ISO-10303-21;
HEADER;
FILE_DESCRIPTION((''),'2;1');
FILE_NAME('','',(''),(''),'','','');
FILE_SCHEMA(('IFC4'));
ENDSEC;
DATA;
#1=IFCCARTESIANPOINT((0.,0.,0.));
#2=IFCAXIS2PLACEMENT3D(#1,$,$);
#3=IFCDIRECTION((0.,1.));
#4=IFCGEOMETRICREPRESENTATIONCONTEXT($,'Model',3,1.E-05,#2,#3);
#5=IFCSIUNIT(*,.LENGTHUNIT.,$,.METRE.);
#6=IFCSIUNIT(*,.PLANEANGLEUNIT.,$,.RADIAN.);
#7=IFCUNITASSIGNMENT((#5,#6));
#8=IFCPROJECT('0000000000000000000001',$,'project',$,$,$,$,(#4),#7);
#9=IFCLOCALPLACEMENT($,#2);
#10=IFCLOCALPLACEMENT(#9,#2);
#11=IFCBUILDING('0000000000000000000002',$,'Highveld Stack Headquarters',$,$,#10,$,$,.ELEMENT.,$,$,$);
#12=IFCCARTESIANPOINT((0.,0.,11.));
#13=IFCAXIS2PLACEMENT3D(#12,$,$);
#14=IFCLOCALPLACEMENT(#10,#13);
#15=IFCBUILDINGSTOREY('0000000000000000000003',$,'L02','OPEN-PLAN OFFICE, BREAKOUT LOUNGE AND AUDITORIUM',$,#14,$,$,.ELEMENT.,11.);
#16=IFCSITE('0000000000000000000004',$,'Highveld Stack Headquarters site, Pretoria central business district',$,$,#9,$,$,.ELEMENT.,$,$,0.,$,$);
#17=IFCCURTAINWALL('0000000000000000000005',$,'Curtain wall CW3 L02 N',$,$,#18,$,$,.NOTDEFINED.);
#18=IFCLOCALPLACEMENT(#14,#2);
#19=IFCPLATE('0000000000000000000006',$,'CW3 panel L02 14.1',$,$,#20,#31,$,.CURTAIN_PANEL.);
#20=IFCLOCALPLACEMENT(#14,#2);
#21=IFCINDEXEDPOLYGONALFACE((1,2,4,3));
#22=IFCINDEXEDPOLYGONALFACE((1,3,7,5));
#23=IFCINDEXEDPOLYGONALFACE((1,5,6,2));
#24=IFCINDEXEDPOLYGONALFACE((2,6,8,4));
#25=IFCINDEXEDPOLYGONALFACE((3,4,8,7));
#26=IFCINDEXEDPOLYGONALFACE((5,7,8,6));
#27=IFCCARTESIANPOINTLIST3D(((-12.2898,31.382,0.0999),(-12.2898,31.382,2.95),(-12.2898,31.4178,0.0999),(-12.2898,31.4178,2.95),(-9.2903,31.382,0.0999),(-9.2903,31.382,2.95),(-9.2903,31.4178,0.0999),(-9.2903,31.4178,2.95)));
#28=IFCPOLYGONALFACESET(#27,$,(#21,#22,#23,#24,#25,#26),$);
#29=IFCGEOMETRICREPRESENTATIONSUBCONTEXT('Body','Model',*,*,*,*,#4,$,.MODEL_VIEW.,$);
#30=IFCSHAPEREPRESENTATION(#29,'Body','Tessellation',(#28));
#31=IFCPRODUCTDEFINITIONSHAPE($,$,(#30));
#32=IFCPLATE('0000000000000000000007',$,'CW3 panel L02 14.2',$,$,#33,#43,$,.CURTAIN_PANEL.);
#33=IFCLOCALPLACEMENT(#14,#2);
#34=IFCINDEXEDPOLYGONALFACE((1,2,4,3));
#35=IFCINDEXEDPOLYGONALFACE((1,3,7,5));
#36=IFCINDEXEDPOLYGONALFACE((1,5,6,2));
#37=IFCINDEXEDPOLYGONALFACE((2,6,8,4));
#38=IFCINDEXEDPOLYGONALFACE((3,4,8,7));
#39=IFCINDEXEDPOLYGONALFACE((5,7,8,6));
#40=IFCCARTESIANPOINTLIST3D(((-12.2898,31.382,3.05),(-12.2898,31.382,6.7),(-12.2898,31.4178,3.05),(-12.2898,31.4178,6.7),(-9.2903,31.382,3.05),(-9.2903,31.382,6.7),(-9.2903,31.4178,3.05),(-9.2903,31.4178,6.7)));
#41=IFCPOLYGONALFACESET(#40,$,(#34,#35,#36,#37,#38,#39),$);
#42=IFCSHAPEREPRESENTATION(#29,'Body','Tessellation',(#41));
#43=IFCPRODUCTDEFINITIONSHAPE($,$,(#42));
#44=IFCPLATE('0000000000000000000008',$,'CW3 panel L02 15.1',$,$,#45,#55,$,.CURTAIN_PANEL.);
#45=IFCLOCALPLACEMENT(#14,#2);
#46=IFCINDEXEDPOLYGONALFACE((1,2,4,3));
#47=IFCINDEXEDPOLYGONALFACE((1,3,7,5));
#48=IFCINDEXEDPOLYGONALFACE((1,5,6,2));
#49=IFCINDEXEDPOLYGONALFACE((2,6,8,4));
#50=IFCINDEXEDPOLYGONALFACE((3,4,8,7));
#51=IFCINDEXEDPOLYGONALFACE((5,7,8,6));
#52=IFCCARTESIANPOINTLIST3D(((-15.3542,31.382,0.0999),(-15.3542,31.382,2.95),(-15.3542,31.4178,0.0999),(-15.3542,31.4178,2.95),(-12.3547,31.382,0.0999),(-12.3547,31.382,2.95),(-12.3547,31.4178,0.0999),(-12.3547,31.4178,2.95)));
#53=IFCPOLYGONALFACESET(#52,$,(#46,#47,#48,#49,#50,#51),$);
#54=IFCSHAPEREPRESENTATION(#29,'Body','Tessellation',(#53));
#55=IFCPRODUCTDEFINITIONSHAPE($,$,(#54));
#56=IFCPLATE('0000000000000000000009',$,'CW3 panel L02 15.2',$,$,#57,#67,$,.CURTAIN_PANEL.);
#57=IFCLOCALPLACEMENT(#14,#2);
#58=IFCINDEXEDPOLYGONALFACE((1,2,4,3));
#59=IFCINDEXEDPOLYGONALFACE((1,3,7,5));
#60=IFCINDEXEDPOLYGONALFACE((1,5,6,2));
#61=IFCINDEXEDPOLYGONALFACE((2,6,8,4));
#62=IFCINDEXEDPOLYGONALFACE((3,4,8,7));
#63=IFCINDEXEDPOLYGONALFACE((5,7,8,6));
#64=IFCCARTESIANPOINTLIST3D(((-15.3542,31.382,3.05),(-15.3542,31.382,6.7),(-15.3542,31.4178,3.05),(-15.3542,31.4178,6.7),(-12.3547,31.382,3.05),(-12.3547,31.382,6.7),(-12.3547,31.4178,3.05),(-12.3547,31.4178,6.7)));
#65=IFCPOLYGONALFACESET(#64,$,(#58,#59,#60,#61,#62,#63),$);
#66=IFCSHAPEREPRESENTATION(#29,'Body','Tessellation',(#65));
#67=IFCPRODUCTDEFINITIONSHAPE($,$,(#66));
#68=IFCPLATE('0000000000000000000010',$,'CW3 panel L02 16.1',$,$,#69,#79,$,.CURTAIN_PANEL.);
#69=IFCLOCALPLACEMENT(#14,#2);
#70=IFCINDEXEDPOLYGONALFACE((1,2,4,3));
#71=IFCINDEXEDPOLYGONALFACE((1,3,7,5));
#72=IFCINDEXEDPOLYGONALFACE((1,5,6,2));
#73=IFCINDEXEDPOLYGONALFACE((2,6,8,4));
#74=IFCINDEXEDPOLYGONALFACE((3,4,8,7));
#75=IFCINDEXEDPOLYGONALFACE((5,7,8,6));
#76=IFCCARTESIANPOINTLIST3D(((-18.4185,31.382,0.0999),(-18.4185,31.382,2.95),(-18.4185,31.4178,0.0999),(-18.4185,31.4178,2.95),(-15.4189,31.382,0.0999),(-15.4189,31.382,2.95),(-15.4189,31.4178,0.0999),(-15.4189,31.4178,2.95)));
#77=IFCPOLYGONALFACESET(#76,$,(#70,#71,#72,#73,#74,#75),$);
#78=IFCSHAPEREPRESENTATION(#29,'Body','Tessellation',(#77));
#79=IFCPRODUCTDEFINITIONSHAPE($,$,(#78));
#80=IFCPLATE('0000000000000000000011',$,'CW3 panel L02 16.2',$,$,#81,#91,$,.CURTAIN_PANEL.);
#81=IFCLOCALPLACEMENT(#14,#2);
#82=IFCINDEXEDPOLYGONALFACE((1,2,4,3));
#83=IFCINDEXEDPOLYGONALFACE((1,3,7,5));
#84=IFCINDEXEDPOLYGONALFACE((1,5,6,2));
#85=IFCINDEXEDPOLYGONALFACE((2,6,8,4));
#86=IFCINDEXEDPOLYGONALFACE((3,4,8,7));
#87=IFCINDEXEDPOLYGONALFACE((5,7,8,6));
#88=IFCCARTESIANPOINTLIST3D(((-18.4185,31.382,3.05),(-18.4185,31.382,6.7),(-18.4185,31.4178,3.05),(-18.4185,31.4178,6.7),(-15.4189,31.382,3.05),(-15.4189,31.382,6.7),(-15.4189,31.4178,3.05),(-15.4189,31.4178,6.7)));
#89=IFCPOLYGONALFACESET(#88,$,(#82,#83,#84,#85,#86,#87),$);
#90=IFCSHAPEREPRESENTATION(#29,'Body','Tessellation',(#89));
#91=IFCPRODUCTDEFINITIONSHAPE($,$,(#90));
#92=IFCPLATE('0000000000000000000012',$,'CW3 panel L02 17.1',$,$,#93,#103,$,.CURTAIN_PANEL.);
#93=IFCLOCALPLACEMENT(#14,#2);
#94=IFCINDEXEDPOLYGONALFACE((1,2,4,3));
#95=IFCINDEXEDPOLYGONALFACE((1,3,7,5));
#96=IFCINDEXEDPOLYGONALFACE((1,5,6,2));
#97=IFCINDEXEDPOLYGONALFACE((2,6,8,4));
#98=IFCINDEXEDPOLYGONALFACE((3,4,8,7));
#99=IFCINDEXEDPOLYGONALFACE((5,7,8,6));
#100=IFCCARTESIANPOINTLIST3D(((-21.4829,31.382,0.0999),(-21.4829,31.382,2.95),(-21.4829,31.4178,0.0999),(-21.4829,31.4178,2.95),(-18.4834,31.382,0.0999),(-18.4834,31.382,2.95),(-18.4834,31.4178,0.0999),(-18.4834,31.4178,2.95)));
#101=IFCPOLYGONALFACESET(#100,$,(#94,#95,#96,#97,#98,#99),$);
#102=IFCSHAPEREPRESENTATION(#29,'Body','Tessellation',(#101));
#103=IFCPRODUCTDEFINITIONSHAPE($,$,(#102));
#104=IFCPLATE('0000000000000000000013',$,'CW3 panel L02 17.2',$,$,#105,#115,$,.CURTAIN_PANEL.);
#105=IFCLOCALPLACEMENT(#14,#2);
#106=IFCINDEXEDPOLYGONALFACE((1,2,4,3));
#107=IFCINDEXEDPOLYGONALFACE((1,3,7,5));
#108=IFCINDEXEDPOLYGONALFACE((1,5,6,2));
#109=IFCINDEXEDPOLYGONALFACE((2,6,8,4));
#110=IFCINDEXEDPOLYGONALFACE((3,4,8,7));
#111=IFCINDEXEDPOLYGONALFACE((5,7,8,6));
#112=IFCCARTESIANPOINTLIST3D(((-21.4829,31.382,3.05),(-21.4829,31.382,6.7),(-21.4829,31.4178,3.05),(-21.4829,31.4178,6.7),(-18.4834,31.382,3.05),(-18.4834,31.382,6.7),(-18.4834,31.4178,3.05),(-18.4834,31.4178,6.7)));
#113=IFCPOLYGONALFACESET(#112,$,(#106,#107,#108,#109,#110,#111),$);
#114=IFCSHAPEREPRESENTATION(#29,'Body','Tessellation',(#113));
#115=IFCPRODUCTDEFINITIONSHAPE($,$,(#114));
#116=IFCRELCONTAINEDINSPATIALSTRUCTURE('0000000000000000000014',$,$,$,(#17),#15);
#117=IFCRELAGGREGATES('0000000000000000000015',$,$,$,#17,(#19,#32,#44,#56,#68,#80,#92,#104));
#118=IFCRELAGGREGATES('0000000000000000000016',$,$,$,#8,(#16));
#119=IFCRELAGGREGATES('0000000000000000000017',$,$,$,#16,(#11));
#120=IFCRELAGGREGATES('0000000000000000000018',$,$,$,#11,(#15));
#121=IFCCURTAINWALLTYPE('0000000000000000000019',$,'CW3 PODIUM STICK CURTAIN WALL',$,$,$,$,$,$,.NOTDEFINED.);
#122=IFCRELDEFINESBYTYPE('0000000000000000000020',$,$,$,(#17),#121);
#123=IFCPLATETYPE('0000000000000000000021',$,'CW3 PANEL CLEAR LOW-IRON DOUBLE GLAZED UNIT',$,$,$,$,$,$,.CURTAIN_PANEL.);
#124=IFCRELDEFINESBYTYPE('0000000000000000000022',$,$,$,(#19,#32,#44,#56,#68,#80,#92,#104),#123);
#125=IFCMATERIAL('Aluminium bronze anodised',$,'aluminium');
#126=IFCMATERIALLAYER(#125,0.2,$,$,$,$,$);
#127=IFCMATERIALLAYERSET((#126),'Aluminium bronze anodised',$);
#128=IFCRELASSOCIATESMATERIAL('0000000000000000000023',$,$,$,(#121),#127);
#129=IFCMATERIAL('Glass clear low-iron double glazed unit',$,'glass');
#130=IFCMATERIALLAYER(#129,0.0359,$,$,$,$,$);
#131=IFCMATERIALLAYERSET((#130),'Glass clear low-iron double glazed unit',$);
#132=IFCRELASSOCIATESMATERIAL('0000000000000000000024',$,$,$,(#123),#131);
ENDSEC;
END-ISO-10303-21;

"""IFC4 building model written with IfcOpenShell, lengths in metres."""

from ifc_helpers import new_model, si_unit, direction, frame, origin, origin_2d, place, context, subcontext, project, spatial, rectangle, extrude, material, layer, layer_set, type_object, element, aggregate, save


model = new_model("IFC4")

# Units and contexts
model_context = context("Model", 3, precision=1e-05, world=origin(), true_north=direction((0.0, 1.0)))
body_context = subcontext(model_context, "Body", "Model", "MODEL_VIEW")
ifc_project = project(units=[si_unit("LENGTHUNIT", "METRE"), si_unit("PLANEANGLEUNIT", "RADIAN")], contexts=[model_context])

# Site, building, storey
site_placement = place(None, origin())
site = spatial("IfcSite", under=ifc_project, at=site_placement, Name="Highveld Stack Headquarters site, Pretoria central business district", CompositionType="ELEMENT", RefElevation=0.0)
building_placement = place(site_placement, origin())
building = spatial("IfcBuilding", under=site, at=building_placement, Name="Highveld Stack Headquarters", CompositionType="ELEMENT")
storey_placement = place(building_placement, frame((0.0, 0.0, 11.0)))
storey = spatial("IfcBuildingStorey", under=building, at=storey_placement, Name="L02", Description="OPEN-PLAN OFFICE, BREAKOUT LOUNGE AND AUDITORIUM", CompositionType="ELEMENT", Elevation=11.0)

# Curtain wall, plates
ifc_material_1 = material(Name="Aluminium bronze anodised", Category="aluminium")
ifc_layer_1 = layer(ifc_material_1, 0.2)
ifc_layer_set_1 = layer_set([ifc_layer_1], Name="Aluminium bronze anodised")
curtain_wall_type = type_object("IfcCurtainWallType", Name="CW3 PODIUM STICK CURTAIN WALL", PredefinedType="NOTDEFINED", material=ifc_layer_set_1)
curtain_wall_placement = place(storey_placement, origin())
curtain_wall = element("IfcCurtainWall", 1, at=curtain_wall_placement, inside=storey, type_object=curtain_wall_type, Name="Curtain wall CW3 L02 N", PredefinedType="NOTDEFINED")
ifc_material_2 = material(Name="Glass clear low-iron double glazed unit", Category="glass")
ifc_layer_2 = layer(ifc_material_2, 0.0359)
ifc_layer_set_2 = layer_set([ifc_layer_2], Name="Glass clear low-iron double glazed unit")
plate_type = type_object("IfcPlateType", Name="CW3 PANEL CLEAR LOW-IRON DOUBLE GLAZED UNIT", PredefinedType="CURTAIN_PANEL", material=ifc_layer_set_2)
plate_1_placement = place(storey_placement, frame((-10.79, 31.3999, 0.0999), z_axis=(0.0, 0.0, 1.0), x_axis=(-1.0, 0.0, 0.0)))
plate_1 = element("IfcPlate", 2, at=plate_1_placement, type_object=plate_type, Name="CW3 panel L02 14.1", PredefinedType="CURTAIN_PANEL", context=body_context, shape_type="SweptSolid", body=[
    extrude(rectangle(XDim=2.9995, YDim=0.0359, at=origin_2d()), origin(), (0.0, 0.0, 1.0), 2.8501),
])
plate_2_placement = place(storey_placement, frame((-10.79, 31.3999, 3.05), z_axis=(0.0, 0.0, 1.0), x_axis=(-1.0, 0.0, 0.0)))
plate_2 = element("IfcPlate", 3, at=plate_2_placement, type_object=plate_type, Name="CW3 panel L02 14.2", PredefinedType="CURTAIN_PANEL", context=body_context, shape_type="SweptSolid", body=[
    extrude(rectangle(XDim=2.9995, YDim=0.0359, at=origin_2d()), origin(), (0.0, 0.0, 1.0), 3.6499),
])
plate_3_placement = place(storey_placement, frame((-13.8545, 31.3999, 0.0999), z_axis=(0.0, 0.0, 1.0), x_axis=(-1.0, 0.0, 0.0)))
plate_3 = element("IfcPlate", 4, at=plate_3_placement, type_object=plate_type, Name="CW3 panel L02 15.1", PredefinedType="CURTAIN_PANEL", context=body_context, shape_type="SweptSolid", body=[
    extrude(rectangle(XDim=2.9995, YDim=0.0359, at=origin_2d()), origin(), (0.0, 0.0, 1.0), 2.8501),
])
plate_4_placement = place(storey_placement, frame((-13.8545, 31.3999, 3.05), z_axis=(0.0, 0.0, 1.0), x_axis=(-1.0, 0.0, 0.0)))
plate_4 = element("IfcPlate", 5, at=plate_4_placement, type_object=plate_type, Name="CW3 panel L02 15.2", PredefinedType="CURTAIN_PANEL", context=body_context, shape_type="SweptSolid", body=[
    extrude(rectangle(XDim=2.9995, YDim=0.0359, at=origin_2d()), origin(), (0.0, 0.0, 1.0), 3.6499),
])
plate_5_placement = place(storey_placement, frame((-16.9187, 31.3999, 0.0999), z_axis=(0.0, 0.0, 1.0), x_axis=(-1.0, 0.0, 0.0)))
plate_5 = element("IfcPlate", 6, at=plate_5_placement, type_object=plate_type, Name="CW3 panel L02 16.1", PredefinedType="CURTAIN_PANEL", context=body_context, shape_type="SweptSolid", body=[
    extrude(rectangle(XDim=2.9995, YDim=0.0359, at=origin_2d()), origin(), (0.0, 0.0, 1.0), 2.8501),
])
plate_6_placement = place(storey_placement, frame((-16.9187, 31.3999, 3.05), z_axis=(0.0, 0.0, 1.0), x_axis=(-1.0, 0.0, 0.0)))
plate_6 = element("IfcPlate", 7, at=plate_6_placement, type_object=plate_type, Name="CW3 panel L02 16.2", PredefinedType="CURTAIN_PANEL", context=body_context, shape_type="SweptSolid", body=[
    extrude(rectangle(XDim=2.9995, YDim=0.0359, at=origin_2d()), origin(), (0.0, 0.0, 1.0), 3.6499),
])
plate_7_placement = place(storey_placement, frame((-19.9832, 31.3999, 0.0999), z_axis=(0.0, 0.0, 1.0), x_axis=(-1.0, 0.0, 0.0)))
plate_7 = element("IfcPlate", 8, at=plate_7_placement, type_object=plate_type, Name="CW3 panel L02 17.1", PredefinedType="CURTAIN_PANEL", context=body_context, shape_type="SweptSolid", body=[
    extrude(rectangle(XDim=2.9995, YDim=0.0359, at=origin_2d()), origin(), (0.0, 0.0, 1.0), 2.8501),
])
plate_8_placement = place(storey_placement, frame((-19.9832, 31.3999, 3.05), z_axis=(0.0, 0.0, 1.0), x_axis=(-1.0, 0.0, 0.0)))
plate_8 = element("IfcPlate", 9, at=plate_8_placement, type_object=plate_type, Name="CW3 panel L02 17.2", PredefinedType="CURTAIN_PANEL", context=body_context, shape_type="SweptSolid", body=[
    extrude(rectangle(XDim=2.9995, YDim=0.0359, at=origin_2d()), origin(), (0.0, 0.0, 1.0), 3.6499),
])
aggregate(curtain_wall, [plate_1, plate_2, plate_3, plate_4, plate_5, plate_6, plate_7, plate_8])

save(model, "model.ifc")
